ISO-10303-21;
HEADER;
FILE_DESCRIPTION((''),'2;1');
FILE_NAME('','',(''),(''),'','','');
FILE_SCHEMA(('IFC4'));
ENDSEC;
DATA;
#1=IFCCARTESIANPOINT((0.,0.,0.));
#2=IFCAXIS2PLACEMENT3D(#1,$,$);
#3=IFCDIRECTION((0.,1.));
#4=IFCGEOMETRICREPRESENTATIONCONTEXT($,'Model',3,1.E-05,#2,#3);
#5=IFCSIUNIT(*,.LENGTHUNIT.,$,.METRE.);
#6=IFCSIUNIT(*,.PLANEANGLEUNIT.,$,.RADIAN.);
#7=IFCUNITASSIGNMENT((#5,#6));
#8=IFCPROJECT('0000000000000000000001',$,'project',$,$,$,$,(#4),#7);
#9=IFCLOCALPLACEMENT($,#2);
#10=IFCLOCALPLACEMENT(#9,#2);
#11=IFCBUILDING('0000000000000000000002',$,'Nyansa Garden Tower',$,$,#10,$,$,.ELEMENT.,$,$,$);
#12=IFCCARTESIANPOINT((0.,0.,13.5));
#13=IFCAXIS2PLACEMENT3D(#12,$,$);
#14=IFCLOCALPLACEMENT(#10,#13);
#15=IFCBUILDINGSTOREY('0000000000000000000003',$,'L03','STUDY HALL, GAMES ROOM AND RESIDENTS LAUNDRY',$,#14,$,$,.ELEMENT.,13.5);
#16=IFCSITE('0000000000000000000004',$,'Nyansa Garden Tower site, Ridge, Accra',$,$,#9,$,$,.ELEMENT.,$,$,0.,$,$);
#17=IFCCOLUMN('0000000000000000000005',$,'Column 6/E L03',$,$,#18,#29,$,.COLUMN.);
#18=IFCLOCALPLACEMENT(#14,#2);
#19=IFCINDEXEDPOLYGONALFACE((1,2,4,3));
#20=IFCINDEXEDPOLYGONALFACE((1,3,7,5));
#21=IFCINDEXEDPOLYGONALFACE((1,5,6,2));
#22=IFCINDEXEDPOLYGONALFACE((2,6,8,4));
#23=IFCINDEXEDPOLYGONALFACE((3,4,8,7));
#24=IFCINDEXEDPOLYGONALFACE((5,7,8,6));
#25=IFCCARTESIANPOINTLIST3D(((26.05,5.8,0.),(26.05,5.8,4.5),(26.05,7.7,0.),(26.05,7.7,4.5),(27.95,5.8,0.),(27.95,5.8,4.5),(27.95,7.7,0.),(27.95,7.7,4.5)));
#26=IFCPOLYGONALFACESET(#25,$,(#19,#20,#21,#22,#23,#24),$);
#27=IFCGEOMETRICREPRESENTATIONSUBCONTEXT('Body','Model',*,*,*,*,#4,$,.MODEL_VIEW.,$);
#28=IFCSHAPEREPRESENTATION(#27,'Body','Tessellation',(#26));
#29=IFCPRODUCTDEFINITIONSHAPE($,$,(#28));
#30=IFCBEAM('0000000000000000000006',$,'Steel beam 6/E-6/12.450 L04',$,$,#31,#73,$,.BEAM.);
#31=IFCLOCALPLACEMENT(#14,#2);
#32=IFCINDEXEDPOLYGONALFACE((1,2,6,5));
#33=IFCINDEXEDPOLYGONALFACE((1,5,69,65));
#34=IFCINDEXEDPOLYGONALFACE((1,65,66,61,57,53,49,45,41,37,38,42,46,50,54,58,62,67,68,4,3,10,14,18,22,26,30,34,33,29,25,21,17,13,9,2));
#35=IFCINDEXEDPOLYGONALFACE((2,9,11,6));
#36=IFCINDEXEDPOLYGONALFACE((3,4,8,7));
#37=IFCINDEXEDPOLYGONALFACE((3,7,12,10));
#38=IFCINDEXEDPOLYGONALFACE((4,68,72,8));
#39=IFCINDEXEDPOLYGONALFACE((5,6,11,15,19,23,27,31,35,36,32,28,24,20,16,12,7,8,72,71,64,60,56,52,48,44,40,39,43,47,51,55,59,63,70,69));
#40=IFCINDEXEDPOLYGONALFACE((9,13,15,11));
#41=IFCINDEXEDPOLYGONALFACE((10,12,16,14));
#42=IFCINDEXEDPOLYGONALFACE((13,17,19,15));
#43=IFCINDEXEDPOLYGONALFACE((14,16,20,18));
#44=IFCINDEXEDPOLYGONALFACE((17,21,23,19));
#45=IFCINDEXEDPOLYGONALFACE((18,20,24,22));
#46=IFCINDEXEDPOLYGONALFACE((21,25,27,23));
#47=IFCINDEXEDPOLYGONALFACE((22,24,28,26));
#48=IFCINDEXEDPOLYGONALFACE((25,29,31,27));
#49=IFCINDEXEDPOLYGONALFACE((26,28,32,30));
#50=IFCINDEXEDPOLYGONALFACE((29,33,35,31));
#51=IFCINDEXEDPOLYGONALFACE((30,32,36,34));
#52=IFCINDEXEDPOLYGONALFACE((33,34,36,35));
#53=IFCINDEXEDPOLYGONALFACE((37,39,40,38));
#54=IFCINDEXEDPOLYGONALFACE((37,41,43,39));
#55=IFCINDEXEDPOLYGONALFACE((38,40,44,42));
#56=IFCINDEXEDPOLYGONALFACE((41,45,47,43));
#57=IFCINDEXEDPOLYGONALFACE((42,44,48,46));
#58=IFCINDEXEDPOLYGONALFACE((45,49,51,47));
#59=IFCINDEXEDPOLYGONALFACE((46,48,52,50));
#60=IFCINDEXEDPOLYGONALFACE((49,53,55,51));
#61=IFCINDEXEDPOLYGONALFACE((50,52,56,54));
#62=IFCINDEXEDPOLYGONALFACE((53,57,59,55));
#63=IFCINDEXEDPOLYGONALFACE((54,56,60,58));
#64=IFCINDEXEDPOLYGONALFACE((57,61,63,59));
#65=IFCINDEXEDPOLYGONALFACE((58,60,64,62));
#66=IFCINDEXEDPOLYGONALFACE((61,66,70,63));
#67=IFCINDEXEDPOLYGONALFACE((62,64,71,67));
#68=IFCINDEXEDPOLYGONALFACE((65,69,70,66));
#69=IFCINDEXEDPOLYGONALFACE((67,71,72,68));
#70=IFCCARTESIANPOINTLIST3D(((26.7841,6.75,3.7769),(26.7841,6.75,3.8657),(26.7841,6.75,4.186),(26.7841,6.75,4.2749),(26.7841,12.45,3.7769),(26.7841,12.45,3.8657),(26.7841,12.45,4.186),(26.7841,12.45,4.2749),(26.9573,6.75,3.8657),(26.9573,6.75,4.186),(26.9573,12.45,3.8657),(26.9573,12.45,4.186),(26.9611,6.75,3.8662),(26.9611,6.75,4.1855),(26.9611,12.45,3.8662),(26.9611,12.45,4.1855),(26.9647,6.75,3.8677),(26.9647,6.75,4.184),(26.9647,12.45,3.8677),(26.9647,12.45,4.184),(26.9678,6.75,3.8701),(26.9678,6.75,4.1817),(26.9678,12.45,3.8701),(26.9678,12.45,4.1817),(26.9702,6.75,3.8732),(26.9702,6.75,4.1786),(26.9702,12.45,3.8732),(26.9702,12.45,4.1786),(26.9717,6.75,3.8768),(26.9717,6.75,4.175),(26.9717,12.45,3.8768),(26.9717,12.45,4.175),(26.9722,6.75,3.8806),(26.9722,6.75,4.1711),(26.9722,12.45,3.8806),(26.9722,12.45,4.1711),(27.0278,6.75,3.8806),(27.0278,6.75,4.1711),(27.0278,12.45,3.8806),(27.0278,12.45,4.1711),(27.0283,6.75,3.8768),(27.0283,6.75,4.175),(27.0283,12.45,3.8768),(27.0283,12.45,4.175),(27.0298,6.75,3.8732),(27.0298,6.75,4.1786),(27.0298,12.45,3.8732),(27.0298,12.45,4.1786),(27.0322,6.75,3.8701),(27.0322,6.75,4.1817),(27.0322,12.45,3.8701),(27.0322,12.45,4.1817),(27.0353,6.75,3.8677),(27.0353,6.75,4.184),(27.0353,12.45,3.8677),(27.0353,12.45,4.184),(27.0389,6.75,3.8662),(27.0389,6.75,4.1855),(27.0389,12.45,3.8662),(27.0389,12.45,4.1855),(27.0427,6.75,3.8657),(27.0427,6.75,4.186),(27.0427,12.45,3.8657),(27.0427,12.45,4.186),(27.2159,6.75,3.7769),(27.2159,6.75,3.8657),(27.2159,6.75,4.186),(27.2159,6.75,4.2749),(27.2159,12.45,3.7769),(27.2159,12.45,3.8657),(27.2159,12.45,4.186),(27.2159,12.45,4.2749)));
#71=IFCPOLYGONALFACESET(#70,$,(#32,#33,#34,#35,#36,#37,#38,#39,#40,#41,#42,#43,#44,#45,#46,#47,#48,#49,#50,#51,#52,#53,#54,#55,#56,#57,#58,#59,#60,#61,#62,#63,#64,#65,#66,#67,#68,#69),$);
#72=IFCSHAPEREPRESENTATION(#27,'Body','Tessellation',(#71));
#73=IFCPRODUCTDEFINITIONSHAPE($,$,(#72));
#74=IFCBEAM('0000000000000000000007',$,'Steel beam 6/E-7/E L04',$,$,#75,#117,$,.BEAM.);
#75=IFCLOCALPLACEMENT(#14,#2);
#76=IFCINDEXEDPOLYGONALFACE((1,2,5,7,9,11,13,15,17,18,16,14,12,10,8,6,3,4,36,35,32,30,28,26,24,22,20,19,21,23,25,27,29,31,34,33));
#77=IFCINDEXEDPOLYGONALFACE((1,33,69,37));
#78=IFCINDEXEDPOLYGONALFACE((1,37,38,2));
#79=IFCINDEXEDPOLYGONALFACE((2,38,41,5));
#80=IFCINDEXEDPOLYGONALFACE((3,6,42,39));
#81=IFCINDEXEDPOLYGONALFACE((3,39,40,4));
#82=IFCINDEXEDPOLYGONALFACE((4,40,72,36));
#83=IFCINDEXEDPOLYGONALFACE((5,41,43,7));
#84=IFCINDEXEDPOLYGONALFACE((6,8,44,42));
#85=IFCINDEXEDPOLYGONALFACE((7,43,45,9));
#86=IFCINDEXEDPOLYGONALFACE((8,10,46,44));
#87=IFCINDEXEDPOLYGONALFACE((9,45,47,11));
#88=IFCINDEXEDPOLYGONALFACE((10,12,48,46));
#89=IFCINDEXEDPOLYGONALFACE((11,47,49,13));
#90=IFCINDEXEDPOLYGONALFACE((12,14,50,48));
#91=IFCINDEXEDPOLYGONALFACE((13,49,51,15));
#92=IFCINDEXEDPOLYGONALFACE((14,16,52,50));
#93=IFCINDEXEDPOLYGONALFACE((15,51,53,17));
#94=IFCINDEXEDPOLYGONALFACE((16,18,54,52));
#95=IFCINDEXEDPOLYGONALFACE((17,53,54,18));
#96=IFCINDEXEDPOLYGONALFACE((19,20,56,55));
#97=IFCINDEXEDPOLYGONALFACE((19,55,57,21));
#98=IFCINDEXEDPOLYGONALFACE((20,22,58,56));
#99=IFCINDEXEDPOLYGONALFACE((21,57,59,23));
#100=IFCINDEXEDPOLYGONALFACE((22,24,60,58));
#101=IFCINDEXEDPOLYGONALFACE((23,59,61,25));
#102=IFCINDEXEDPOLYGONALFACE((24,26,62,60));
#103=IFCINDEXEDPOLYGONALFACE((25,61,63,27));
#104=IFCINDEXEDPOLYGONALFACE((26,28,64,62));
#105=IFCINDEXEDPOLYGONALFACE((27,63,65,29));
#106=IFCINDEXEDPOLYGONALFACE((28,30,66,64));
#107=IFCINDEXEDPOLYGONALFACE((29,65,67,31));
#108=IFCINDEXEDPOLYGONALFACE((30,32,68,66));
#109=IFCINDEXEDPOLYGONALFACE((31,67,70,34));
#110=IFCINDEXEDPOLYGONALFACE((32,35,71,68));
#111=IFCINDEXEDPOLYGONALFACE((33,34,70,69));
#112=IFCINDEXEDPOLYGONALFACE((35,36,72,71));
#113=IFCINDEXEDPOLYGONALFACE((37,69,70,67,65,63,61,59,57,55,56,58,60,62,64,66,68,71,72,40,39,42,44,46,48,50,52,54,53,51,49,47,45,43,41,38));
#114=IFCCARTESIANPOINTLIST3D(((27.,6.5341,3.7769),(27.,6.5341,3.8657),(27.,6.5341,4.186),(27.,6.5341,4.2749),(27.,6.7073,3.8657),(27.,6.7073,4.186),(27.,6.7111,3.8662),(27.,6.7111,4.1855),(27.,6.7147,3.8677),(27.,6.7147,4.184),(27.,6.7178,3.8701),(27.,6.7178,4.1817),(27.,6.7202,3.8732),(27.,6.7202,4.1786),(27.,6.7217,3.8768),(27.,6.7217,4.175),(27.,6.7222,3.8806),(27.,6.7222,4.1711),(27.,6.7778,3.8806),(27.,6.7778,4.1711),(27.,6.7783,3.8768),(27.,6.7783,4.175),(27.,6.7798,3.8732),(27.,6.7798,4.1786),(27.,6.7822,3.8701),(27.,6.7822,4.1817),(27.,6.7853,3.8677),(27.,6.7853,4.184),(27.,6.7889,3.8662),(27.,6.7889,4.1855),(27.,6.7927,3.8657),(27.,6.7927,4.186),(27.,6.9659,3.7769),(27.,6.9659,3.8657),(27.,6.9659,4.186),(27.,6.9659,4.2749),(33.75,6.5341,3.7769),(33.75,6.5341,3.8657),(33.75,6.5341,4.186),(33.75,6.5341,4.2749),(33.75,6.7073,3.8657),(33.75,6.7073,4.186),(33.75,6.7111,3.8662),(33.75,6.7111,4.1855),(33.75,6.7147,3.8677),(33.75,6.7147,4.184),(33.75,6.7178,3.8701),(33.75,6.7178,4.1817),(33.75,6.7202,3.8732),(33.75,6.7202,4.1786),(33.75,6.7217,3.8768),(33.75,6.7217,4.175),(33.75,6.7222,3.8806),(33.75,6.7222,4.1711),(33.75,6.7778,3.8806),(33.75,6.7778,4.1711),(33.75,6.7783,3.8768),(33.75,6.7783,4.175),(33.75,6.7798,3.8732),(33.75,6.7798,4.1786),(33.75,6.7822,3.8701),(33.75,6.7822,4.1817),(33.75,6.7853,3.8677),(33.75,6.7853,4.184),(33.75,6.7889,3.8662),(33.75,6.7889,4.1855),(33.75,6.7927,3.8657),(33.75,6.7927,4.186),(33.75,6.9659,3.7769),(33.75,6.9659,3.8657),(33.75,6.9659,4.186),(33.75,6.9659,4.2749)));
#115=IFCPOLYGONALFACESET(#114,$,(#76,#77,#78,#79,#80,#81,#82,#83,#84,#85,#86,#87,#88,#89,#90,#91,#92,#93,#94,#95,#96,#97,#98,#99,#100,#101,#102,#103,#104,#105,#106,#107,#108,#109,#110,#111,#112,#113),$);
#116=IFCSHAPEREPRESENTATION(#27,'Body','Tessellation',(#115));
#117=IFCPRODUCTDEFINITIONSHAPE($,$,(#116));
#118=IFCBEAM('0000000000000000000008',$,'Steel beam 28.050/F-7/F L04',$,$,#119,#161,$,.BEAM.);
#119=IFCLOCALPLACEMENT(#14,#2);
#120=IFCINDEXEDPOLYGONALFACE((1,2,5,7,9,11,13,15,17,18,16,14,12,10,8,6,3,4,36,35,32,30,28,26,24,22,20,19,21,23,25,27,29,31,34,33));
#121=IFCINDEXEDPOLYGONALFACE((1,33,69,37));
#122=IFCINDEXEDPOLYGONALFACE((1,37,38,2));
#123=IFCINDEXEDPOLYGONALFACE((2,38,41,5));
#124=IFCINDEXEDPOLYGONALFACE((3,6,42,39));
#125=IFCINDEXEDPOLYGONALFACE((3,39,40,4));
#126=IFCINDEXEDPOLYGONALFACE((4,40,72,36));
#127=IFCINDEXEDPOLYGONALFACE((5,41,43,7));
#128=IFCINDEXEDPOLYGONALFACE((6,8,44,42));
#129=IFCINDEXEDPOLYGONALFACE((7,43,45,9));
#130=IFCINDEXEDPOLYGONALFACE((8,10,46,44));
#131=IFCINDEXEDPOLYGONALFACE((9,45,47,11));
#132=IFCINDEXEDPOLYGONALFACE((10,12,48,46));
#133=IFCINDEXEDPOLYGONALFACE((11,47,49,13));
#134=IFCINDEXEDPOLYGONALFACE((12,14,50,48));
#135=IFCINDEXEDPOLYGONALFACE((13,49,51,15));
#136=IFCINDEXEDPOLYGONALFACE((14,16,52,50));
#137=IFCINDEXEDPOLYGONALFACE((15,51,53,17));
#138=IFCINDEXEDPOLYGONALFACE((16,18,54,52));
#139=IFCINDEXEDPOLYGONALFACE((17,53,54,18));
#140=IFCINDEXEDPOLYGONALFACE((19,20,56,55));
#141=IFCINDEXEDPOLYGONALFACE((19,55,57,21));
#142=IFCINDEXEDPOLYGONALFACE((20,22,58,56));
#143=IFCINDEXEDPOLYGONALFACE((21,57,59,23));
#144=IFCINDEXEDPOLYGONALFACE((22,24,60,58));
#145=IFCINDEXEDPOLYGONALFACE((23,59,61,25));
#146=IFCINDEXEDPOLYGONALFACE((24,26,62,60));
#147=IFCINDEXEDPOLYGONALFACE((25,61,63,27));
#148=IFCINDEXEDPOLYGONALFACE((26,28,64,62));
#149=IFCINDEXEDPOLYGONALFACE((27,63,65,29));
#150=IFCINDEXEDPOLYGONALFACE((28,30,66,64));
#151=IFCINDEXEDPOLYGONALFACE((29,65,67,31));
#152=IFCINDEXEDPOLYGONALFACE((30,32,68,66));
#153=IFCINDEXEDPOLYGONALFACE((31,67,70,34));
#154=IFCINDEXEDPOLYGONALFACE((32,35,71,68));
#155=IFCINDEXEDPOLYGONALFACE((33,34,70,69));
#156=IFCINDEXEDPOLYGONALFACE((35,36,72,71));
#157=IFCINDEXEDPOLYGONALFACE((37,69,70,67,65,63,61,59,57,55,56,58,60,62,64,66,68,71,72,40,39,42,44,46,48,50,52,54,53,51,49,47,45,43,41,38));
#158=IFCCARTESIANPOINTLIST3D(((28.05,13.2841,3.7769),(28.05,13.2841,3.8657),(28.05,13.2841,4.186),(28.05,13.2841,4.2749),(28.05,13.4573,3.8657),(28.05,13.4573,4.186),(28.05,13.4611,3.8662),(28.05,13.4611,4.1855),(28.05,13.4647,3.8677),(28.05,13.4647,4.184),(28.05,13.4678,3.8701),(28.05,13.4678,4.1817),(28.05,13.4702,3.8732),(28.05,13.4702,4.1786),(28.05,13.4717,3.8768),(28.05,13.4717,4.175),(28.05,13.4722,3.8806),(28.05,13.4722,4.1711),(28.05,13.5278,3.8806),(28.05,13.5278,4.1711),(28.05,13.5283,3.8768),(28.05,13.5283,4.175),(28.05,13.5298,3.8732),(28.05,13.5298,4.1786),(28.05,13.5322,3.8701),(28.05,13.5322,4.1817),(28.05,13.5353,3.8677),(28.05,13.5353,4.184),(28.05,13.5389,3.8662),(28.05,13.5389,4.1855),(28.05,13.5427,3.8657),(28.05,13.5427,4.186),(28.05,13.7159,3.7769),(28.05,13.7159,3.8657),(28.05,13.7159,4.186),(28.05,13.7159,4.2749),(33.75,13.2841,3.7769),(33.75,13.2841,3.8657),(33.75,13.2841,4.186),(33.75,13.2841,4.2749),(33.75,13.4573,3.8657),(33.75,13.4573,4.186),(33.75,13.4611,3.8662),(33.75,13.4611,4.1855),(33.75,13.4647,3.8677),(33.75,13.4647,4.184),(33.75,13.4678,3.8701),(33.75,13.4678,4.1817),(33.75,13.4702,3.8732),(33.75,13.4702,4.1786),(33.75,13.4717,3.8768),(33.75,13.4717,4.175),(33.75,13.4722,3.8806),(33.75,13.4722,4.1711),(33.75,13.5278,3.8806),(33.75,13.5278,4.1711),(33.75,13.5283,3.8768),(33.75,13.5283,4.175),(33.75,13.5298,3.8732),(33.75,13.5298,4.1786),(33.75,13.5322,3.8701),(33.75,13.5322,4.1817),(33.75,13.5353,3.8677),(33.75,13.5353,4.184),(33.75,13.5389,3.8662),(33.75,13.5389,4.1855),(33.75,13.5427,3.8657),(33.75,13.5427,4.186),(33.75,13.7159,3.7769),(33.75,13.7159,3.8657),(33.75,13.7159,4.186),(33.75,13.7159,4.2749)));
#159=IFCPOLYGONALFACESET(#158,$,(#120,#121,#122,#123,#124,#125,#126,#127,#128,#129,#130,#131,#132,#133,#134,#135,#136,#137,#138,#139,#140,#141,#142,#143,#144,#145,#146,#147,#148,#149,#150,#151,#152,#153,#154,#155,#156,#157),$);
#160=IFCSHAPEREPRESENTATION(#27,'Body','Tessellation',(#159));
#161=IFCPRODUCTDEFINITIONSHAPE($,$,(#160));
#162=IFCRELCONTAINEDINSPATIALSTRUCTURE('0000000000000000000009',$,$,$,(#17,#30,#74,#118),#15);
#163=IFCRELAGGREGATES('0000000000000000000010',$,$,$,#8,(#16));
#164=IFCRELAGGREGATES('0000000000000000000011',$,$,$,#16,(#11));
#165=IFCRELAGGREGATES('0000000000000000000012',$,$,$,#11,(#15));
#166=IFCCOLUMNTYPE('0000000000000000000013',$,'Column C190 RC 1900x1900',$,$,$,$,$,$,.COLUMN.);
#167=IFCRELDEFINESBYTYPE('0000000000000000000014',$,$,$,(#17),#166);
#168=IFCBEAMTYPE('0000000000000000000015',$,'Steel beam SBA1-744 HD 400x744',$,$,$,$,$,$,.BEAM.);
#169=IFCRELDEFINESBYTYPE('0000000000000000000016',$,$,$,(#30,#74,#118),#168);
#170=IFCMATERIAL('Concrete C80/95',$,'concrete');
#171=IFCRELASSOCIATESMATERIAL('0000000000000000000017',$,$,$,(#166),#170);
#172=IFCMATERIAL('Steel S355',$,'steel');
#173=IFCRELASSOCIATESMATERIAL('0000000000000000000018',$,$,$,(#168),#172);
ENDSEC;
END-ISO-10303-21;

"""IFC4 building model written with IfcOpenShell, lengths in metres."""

from ifc_helpers import new_model, si_unit, direction, frame, origin, origin_2d, place, context, subcontext, project, spatial, rectangle, i_section, extrude, material, material_profile, profile_set, type_object, element, save


model = new_model("IFC4")

# Units and contexts
model_context = context("Model", 3, precision=1e-05, world=origin(), true_north=direction((0.0, 1.0)))
body_context = subcontext(model_context, "Body", "Model", "MODEL_VIEW")
ifc_project = project(units=[si_unit("LENGTHUNIT", "METRE"), si_unit("PLANEANGLEUNIT", "RADIAN")], contexts=[model_context])

# Site, building, storey
site_placement = place(None, origin())
site = spatial("IfcSite", under=ifc_project, at=site_placement, Name="Nyansa Garden Tower site, Ridge, Accra", CompositionType="ELEMENT", RefElevation=0.0)
building_placement = place(site_placement, origin())
building = spatial("IfcBuilding", under=site, at=building_placement, Name="Nyansa Garden Tower", CompositionType="ELEMENT")
storey_placement = place(building_placement, frame((0.0, 0.0, 13.5)))
storey = spatial("IfcBuildingStorey", under=building, at=storey_placement, Name="L03", Description="STUDY HALL, GAMES ROOM AND RESIDENTS LAUNDRY", CompositionType="ELEMENT", Elevation=13.5)

# Column
ifc_material_1 = material(Name="Concrete C80/95", Category="concrete")
ifc_material_profile_1 = material_profile(ifc_material_1, rectangle(XDim=1.8999, YDim=1.8999, at=origin_2d()), Name="RC 1900x1900")
ifc_profile_set_1 = profile_set([ifc_material_profile_1], Name="Concrete C80/95")
column_type = type_object("IfcColumnType", Name="Column C190 RC 1900x1900", PredefinedType="COLUMN", material=ifc_profile_set_1)
column_placement = place(storey_placement, frame((27.0, 6.75, 0.0), z_axis=(0.0, 0.0, 1.0), x_axis=(1.0, 0.0, 0.0)))
element("IfcColumn", 1, at=column_placement, inside=storey, type_object=column_type, Name="Column 6/E L03", PredefinedType="COLUMN", context=body_context, shape_type="SweptSolid", body=[
    extrude(rectangle(XDim=1.8999, YDim=1.8999, at=origin_2d()), origin(), (0.0, 0.0, 1.0), 4.5),
])

# Beams
ifc_material_2 = material(Name="Steel S355", Category="steel")
ifc_material_profile_2 = material_profile(ifc_material_2, i_section(OverallWidth=0.4319, OverallDepth=0.498, WebThickness=0.0557, FlangeThickness=0.0889, FilletRadius=0.0149, at=origin_2d()), Name="HD 400x744")
ifc_profile_set_2 = profile_set([ifc_material_profile_2], Name="Steel S355")
beam_type_1 = type_object("IfcBeamType", Name="Steel beam SBA1-744 HD 400x744", PredefinedType="BEAM", material=ifc_profile_set_2)
beam_1_placement = place(storey_placement, frame((27.0, 6.75, 4.0259), z_axis=(0.0, 1.0, 0.0), x_axis=(-1.0, 0.0, 0.0)))
element("IfcBeam", 2, at=beam_1_placement, inside=storey, type_object=beam_type_1, Name="Steel beam 6/E-6/12.450 L04", PredefinedType="BEAM", context=body_context, shape_type="SweptSolid", body=[
    extrude(i_section(OverallWidth=0.4319, OverallDepth=0.498, WebThickness=0.0557, FlangeThickness=0.0889, FilletRadius=0.0149, at=origin_2d()), origin(), (0.0, 0.0, 1.0), 5.7),
])
beam_2_placement = place(storey_placement, frame((27.0, 6.75, 4.0259), z_axis=(1.0, 0.0, 0.0), x_axis=(0.0, 1.0, 0.0)))
element("IfcBeam", 3, at=beam_2_placement, inside=storey, type_object=beam_type_1, Name="Steel beam 6/E-7/E L04", PredefinedType="BEAM", context=body_context, shape_type="SweptSolid", body=[
    extrude(i_section(OverallWidth=0.4319, OverallDepth=0.498, WebThickness=0.0557, FlangeThickness=0.0889, FilletRadius=0.0149, at=origin_2d()), origin(), (0.0, 0.0, 1.0), 6.75),
])
beam_3_placement = place(storey_placement, frame((28.05, 13.5, 4.0259), z_axis=(1.0, 0.0, 0.0), x_axis=(0.0, 1.0, 0.0)))
element("IfcBeam", 4, at=beam_3_placement, inside=storey, type_object=beam_type_1, Name="Steel beam 28.050/F-7/F L04", PredefinedType="BEAM", context=body_context, shape_type="SweptSolid", body=[
    extrude(i_section(OverallWidth=0.4319, OverallDepth=0.498, WebThickness=0.0557, FlangeThickness=0.0889, FilletRadius=0.0149, at=origin_2d()), origin(), (0.0, 0.0, 1.0), 5.7),
])

save(model, "model.ifc")
